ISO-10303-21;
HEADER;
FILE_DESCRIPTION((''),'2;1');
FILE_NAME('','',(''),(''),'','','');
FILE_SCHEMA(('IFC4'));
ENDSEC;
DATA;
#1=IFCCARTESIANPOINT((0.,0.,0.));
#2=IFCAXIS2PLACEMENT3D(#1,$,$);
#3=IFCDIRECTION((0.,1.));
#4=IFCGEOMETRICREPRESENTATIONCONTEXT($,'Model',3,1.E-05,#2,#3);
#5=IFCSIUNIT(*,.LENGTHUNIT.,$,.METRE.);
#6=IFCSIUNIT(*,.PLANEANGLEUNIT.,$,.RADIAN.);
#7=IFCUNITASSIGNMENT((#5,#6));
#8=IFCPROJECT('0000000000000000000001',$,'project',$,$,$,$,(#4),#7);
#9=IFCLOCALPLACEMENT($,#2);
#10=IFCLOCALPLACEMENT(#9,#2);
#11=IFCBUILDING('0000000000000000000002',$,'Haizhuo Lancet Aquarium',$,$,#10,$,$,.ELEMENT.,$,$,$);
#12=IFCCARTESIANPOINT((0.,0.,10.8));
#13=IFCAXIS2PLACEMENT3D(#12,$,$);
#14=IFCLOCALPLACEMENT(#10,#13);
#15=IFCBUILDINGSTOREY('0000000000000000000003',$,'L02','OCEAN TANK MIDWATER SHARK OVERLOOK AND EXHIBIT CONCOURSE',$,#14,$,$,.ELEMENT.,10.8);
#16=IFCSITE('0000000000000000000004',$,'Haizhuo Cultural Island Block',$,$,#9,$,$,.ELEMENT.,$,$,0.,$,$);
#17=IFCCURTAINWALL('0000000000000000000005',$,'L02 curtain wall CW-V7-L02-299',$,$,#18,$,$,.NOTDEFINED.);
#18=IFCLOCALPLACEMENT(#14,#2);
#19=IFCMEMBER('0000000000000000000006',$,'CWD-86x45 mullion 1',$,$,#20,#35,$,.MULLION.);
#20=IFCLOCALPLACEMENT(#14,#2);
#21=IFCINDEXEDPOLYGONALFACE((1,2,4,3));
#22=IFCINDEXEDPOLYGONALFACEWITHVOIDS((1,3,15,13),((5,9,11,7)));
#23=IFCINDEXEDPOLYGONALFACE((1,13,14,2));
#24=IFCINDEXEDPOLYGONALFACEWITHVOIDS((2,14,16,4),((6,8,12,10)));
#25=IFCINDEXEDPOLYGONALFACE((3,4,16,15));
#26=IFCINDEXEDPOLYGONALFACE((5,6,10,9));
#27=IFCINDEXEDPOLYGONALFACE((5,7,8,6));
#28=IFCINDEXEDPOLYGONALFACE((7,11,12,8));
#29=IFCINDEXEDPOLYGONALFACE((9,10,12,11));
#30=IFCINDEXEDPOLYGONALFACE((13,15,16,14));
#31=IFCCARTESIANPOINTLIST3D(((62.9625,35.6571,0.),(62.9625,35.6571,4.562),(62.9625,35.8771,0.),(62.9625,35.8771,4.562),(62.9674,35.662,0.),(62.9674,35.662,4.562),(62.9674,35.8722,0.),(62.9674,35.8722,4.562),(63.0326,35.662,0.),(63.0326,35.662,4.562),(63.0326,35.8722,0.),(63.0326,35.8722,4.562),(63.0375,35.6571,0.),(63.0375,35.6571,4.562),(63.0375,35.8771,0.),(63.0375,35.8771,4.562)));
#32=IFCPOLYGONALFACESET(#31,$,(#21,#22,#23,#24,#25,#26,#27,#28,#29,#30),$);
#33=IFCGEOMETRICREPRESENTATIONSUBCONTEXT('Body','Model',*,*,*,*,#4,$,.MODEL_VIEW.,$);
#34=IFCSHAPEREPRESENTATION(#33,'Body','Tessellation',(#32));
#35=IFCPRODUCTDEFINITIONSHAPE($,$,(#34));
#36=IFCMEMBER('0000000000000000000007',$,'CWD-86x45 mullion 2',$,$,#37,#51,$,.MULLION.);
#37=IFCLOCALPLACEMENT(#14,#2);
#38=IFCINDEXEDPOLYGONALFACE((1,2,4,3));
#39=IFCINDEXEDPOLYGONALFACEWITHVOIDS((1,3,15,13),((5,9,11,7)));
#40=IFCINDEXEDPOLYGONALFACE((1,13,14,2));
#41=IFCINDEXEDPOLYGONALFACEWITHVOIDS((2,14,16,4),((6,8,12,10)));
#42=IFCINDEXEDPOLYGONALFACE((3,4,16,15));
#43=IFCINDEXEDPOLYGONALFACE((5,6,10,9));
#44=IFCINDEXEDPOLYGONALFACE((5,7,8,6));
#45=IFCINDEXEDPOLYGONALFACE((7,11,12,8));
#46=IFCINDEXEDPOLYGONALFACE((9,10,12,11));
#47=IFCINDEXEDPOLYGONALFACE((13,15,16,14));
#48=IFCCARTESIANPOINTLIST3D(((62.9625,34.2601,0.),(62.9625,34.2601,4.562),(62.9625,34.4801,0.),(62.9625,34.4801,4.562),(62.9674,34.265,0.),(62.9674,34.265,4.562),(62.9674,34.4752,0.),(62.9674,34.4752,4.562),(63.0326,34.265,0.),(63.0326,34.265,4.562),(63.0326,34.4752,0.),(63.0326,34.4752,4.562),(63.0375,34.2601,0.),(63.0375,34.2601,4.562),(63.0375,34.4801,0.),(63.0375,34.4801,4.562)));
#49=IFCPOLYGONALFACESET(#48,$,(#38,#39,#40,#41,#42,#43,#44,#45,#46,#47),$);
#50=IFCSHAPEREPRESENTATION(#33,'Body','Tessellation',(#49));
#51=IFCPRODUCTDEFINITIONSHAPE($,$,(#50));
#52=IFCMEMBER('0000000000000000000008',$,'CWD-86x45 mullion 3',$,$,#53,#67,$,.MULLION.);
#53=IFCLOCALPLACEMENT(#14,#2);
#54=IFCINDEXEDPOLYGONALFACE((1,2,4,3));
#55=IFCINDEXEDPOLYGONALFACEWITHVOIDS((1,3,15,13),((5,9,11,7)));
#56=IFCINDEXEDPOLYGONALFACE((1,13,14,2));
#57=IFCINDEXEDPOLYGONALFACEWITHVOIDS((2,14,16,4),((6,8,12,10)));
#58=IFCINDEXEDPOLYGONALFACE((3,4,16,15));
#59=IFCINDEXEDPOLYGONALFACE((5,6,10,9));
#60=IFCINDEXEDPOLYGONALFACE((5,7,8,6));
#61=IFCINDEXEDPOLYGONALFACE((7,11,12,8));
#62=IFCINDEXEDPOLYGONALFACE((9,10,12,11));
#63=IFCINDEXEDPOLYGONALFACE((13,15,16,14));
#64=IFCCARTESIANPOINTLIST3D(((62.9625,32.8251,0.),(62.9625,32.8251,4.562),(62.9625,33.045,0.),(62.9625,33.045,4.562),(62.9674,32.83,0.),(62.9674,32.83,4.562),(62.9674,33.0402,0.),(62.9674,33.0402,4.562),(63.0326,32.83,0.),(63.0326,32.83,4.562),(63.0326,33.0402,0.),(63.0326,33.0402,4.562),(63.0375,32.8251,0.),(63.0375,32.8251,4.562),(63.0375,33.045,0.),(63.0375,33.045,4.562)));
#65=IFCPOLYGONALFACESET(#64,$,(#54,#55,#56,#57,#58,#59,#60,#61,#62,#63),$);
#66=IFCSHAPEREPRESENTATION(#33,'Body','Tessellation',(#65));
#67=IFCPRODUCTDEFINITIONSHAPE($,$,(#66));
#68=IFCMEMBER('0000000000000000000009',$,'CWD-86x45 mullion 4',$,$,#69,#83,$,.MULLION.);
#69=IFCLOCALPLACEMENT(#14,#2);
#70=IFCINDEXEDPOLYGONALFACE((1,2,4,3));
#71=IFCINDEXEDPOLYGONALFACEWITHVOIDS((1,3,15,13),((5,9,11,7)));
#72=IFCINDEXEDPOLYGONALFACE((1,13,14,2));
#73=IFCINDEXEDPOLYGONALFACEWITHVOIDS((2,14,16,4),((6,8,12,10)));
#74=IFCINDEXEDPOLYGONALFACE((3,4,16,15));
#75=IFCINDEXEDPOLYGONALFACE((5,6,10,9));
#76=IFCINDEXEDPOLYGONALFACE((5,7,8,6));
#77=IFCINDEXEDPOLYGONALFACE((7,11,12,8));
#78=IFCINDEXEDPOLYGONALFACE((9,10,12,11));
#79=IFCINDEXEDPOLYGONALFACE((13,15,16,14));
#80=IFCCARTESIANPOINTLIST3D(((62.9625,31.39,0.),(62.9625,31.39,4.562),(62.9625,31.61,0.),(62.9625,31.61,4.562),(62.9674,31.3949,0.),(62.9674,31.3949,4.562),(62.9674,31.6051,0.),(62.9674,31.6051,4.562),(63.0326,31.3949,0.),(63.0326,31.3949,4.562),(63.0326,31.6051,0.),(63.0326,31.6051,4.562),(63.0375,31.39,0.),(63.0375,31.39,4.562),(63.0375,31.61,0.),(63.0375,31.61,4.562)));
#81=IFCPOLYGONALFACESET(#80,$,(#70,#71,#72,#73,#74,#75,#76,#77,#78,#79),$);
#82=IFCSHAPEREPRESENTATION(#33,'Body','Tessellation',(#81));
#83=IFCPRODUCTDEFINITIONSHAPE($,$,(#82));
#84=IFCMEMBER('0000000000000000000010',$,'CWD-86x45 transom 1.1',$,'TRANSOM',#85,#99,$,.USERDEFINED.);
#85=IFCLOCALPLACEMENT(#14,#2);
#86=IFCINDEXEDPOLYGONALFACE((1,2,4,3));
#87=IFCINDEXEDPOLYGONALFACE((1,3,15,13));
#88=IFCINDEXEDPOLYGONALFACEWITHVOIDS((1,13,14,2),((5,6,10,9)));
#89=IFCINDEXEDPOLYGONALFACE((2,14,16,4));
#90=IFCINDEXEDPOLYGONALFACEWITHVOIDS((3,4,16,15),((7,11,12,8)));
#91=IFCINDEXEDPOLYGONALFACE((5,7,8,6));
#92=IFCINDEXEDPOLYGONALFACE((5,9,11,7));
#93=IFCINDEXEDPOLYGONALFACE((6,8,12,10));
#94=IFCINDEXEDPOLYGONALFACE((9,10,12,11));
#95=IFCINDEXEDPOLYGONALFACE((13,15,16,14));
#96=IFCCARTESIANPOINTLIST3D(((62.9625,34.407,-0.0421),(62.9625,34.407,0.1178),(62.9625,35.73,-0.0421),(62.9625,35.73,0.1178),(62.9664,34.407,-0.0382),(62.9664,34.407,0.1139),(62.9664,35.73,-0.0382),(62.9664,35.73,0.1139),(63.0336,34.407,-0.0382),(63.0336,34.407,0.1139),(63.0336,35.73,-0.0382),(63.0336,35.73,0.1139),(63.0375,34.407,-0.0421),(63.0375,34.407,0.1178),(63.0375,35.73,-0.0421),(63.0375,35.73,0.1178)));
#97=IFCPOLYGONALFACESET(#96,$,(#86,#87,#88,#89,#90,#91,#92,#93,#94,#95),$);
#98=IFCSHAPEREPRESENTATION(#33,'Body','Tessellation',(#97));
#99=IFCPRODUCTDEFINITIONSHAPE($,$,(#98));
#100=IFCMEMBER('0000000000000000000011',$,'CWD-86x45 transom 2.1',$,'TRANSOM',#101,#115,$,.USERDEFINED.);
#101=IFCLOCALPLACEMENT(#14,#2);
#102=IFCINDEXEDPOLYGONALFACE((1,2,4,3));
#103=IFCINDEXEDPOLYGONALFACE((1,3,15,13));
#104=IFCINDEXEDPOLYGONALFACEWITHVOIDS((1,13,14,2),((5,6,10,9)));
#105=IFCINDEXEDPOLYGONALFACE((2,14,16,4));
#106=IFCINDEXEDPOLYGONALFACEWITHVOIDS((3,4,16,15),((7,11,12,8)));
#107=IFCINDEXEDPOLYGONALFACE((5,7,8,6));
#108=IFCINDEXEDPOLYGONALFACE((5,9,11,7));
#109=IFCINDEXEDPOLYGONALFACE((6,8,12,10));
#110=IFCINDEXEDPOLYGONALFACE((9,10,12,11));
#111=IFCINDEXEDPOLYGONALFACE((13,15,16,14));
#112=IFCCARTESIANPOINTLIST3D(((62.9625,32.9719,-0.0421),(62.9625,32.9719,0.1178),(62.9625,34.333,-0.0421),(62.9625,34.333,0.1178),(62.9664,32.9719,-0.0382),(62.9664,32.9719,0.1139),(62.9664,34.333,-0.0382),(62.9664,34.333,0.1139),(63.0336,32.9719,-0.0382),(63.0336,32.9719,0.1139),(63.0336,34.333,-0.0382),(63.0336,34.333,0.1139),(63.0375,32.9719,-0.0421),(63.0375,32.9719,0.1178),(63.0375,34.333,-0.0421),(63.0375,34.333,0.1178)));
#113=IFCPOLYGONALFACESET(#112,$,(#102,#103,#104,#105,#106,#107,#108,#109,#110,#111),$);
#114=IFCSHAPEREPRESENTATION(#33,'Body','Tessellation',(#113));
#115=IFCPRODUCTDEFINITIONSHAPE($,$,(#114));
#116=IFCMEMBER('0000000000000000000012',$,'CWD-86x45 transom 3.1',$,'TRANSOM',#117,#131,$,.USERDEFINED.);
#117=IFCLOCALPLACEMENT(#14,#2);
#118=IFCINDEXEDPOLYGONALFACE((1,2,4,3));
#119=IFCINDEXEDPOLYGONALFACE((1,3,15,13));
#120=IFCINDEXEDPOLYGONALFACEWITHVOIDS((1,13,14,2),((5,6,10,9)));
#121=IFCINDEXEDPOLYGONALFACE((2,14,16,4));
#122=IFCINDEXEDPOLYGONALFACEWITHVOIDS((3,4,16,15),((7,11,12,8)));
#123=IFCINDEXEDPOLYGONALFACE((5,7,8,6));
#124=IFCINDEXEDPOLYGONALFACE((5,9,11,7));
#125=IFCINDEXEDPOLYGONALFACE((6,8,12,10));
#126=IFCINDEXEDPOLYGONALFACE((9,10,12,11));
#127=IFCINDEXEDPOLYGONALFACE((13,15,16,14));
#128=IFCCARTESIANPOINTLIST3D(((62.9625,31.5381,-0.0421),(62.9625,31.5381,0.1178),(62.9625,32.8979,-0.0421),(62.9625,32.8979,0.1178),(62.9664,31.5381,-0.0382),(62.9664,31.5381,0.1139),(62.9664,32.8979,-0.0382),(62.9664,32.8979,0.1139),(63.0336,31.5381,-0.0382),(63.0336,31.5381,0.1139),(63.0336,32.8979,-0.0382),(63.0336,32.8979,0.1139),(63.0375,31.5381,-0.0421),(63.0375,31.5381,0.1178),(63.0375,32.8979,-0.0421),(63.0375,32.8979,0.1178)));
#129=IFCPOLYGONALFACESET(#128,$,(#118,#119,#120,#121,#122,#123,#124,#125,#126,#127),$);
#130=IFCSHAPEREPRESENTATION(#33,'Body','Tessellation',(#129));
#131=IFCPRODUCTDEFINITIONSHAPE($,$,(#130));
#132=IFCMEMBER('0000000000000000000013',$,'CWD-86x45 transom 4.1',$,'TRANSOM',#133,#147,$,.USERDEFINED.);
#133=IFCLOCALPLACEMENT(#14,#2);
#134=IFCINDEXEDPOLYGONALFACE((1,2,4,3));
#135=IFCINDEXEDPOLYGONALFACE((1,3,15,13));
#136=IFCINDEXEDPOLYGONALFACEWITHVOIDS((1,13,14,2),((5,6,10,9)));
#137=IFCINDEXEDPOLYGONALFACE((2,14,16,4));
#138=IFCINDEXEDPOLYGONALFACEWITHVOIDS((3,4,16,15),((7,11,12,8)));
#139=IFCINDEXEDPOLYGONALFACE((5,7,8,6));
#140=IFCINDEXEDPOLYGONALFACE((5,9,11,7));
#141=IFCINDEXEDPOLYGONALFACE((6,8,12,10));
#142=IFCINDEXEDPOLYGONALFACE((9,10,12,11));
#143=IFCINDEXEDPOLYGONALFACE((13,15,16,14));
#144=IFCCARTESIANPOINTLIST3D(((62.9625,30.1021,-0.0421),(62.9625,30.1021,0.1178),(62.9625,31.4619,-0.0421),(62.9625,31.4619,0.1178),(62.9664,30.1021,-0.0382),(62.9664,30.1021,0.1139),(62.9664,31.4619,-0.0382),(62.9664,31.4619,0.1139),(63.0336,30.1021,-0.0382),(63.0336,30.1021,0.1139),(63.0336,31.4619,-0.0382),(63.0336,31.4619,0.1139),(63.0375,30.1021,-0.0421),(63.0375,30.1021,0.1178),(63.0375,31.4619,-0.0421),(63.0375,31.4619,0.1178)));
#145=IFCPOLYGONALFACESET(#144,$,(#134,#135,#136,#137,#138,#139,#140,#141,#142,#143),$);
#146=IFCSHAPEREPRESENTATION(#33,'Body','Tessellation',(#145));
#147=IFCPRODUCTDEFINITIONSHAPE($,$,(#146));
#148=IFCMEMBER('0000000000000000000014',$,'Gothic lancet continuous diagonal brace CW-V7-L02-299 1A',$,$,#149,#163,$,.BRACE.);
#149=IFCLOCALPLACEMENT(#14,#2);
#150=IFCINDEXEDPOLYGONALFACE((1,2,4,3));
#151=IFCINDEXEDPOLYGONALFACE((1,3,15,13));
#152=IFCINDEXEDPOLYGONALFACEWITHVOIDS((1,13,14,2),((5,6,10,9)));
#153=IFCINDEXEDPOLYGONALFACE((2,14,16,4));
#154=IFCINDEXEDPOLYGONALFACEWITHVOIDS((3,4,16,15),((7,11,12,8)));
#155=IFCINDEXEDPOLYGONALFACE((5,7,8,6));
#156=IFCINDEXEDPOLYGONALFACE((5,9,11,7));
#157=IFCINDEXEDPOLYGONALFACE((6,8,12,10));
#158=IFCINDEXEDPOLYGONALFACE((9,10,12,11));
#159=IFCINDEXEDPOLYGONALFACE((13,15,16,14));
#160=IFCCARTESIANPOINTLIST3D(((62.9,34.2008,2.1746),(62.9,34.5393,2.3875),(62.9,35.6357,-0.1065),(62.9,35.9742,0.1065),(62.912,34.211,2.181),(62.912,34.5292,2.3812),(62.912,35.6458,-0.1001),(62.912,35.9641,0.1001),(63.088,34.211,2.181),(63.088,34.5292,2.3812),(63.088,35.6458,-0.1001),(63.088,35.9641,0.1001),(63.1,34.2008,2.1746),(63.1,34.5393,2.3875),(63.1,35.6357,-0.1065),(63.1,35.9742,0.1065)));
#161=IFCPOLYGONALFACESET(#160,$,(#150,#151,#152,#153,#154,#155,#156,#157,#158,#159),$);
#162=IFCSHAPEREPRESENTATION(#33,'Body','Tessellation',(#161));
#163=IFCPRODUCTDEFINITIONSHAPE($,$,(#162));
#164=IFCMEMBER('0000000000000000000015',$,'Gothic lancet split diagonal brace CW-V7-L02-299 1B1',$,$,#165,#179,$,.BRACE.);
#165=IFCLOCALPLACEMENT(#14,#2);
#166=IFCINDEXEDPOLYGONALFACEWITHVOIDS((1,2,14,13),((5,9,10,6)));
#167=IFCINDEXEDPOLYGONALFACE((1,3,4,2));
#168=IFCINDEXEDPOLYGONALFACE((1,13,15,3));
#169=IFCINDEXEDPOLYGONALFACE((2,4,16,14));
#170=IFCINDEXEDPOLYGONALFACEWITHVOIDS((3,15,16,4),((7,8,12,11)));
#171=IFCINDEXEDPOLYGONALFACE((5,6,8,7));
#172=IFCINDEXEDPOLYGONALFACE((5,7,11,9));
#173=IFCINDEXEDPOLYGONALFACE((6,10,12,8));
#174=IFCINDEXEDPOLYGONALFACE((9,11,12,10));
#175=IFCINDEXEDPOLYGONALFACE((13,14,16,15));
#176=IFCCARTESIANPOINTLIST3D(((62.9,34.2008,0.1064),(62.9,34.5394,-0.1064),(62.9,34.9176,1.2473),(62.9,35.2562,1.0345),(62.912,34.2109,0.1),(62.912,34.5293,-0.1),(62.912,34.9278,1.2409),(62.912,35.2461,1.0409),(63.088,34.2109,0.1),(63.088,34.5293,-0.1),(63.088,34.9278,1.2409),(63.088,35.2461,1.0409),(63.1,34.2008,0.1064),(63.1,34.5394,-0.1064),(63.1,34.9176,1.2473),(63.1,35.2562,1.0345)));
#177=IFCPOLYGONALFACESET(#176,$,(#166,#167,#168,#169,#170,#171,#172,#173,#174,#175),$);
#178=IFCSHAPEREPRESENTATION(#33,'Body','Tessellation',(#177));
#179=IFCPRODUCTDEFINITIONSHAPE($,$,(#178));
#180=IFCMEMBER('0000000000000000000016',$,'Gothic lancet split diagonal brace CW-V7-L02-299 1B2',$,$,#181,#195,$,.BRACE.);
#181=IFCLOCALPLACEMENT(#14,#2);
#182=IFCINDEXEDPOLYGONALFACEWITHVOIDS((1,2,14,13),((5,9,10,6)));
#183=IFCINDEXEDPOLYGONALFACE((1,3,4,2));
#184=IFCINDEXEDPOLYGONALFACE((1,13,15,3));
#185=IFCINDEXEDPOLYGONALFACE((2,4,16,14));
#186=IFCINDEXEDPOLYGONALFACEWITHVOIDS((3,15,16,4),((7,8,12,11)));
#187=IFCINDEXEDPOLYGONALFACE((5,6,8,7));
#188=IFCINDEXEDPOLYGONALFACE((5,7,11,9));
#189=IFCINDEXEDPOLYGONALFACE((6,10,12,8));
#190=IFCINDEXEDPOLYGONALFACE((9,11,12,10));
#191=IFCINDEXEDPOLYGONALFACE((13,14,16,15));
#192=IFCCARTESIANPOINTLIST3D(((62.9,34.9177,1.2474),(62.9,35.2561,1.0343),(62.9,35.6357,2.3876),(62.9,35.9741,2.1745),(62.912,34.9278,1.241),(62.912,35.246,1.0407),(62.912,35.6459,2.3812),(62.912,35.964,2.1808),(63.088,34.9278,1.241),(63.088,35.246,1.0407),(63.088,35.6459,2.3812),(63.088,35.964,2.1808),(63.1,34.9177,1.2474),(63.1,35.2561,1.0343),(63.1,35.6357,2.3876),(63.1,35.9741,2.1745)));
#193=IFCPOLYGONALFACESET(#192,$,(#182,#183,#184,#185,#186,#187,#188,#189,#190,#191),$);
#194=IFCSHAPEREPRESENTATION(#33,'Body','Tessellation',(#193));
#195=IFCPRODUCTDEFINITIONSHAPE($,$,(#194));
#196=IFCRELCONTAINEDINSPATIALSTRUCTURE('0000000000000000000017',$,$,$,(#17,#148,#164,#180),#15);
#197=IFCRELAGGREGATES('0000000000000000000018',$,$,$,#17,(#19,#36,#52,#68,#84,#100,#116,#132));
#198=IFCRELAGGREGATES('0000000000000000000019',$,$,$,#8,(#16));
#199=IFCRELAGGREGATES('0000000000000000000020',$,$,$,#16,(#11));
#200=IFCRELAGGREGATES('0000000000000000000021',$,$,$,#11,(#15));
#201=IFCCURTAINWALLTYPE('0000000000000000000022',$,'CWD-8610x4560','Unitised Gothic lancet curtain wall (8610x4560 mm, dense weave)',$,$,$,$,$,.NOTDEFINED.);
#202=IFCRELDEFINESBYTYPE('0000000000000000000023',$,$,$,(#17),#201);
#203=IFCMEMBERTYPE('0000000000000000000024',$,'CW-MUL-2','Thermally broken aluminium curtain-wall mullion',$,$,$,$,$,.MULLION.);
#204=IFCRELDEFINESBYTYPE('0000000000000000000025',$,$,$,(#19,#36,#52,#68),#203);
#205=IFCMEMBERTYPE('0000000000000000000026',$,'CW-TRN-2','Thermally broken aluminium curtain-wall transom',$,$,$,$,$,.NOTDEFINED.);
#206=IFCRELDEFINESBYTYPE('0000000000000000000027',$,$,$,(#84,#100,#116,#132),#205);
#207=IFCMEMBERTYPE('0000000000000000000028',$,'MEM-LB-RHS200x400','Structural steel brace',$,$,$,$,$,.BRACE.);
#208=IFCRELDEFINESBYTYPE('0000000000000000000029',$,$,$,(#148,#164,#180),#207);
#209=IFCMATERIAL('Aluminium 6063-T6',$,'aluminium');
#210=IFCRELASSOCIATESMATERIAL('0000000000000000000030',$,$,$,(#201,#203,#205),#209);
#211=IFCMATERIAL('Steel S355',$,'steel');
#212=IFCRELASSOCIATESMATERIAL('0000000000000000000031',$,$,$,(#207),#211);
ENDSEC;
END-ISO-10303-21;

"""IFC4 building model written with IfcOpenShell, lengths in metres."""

from ifc_helpers import new_model, si_unit, direction, frame, origin, origin_2d, place, context, subcontext, project, spatial, hollow_rectangle, extrude, material, material_profile, profile_set, type_object, element, aggregate, save


model = new_model("IFC4")

# Units and contexts
model_context = context("Model", 3, precision=1e-05, world=origin(), true_north=direction((0.0, 1.0)))
body_context = subcontext(model_context, "Body", "Model", "MODEL_VIEW")
ifc_project = project(units=[si_unit("LENGTHUNIT", "METRE"), si_unit("PLANEANGLEUNIT", "RADIAN")], contexts=[model_context])

# Site, building, storey
site_placement = place(None, origin())
site = spatial("IfcSite", under=ifc_project, at=site_placement, Name="Haizhuo Cultural Island Block", CompositionType="ELEMENT", RefElevation=0.0)
building_placement = place(site_placement, origin())
building = spatial("IfcBuilding", under=site, at=building_placement, Name="Haizhuo Lancet Aquarium", CompositionType="ELEMENT")
storey_placement = place(building_placement, frame((0.0, 0.0, 10.8)))
storey = spatial("IfcBuildingStorey", under=building, at=storey_placement, Name="L02", Description="OCEAN TANK MIDWATER SHARK OVERLOOK AND EXHIBIT CONCOURSE", CompositionType="ELEMENT", Elevation=10.8)

# Curtain wall, members
ifc_material_1 = material(Name="Aluminium 6063-T6", Category="aluminium")
curtain_wall_type = type_object("IfcCurtainWallType", Name="CWD-8610x4560", Description="Unitised Gothic lancet curtain wall (8610x4560 mm, dense weave)", PredefinedType="NOTDEFINED", material=ifc_material_1)
curtain_wall_placement = place(storey_placement, origin())
curtain_wall = element("IfcCurtainWall", 1, at=curtain_wall_placement, inside=storey, type_object=curtain_wall_type, Name="L02 curtain wall CW-V7-L02-299", PredefinedType="NOTDEFINED")
ifc_material_profile_1 = material_profile(ifc_material_1, hollow_rectangle(XDim=0.075, YDim=0.22, WallThickness=0.0049, at=origin_2d()), Name="ALU-M 75x220x5")
ifc_profile_set_1 = profile_set([ifc_material_profile_1], Name="Aluminium 6063-T6")
member_type_1 = type_object("IfcMemberType", Name="CW-MUL-2", Description="Thermally broken aluminium curtain-wall mullion", PredefinedType="MULLION", material=ifc_profile_set_1)
member_1_placement = place(storey_placement, frame((63.0, 35.7671, 0.0), z_axis=(0.0, 0.0, 1.0), x_axis=(1.0, 0.0, 0.0)))
member_1 = element("IfcMember", 2, at=member_1_placement, type_object=member_type_1, Name="CWD-86x45 mullion 1", PredefinedType="MULLION", context=body_context, shape_type="SweptSolid", body=[
    extrude(hollow_rectangle(XDim=0.075, YDim=0.22, WallThickness=0.0049, at=origin_2d()), origin(), (0.0, 0.0, 1.0), 4.562),
])
member_2_placement = place(storey_placement, frame((63.0, 34.3701, 0.0), z_axis=(0.0, 0.0, 1.0), x_axis=(1.0, 0.0, 0.0)))
member_2 = element("IfcMember", 3, at=member_2_placement, type_object=member_type_1, Name="CWD-86x45 mullion 2", PredefinedType="MULLION", context=body_context, shape_type="SweptSolid", body=[
    extrude(hollow_rectangle(XDim=0.075, YDim=0.22, WallThickness=0.0049, at=origin_2d()), origin(), (0.0, 0.0, 1.0), 4.562),
])
member_3_placement = place(storey_placement, frame((63.0, 32.9351, 0.0), z_axis=(0.0, 0.0, 1.0), x_axis=(1.0, 0.0, 0.0)))
member_3 = element("IfcMember", 4, at=member_3_placement, type_object=member_type_1, Name="CWD-86x45 mullion 3", PredefinedType="MULLION", context=body_context, shape_type="SweptSolid", body=[
    extrude(hollow_rectangle(XDim=0.075, YDim=0.22, WallThickness=0.0049, at=origin_2d()), origin(), (0.0, 0.0, 1.0), 4.562),
])
member_4_placement = place(storey_placement, frame((63.0, 31.5, 0.0), z_axis=(0.0, 0.0, 1.0), x_axis=(1.0, 0.0, 0.0)))
member_4 = element("IfcMember", 5, at=member_4_placement, type_object=member_type_1, Name="CWD-86x45 mullion 4", PredefinedType="MULLION", context=body_context, shape_type="SweptSolid", body=[
    extrude(hollow_rectangle(XDim=0.075, YDim=0.22, WallThickness=0.0049, at=origin_2d()), origin(), (0.0, 0.0, 1.0), 4.562),
])
ifc_material_profile_2 = material_profile(ifc_material_1, hollow_rectangle(XDim=0.075, YDim=0.1599, WallThickness=0.0039, at=origin_2d()), Name="ALU-T 75x160x4")
ifc_profile_set_2 = profile_set([ifc_material_profile_2], Name="Aluminium 6063-T6")
member_type_2 = type_object("IfcMemberType", Name="CW-TRN-2", Description="Thermally broken aluminium curtain-wall transom", PredefinedType="NOTDEFINED", material=ifc_profile_set_2)
member_5_placement = place(storey_placement, frame((63.0, 35.73, 0.0378), z_axis=(0.0, -1.0, 0.0), x_axis=(1.0, 0.0, 0.0)))
member_5 = element("IfcMember", 6, at=member_5_placement, type_object=member_type_2, Name="CWD-86x45 transom 1.1", ObjectType="TRANSOM", PredefinedType="USERDEFINED", context=body_context, shape_type="SweptSolid", body=[
    extrude(hollow_rectangle(XDim=0.075, YDim=0.1599, WallThickness=0.0039, at=origin_2d()), origin(), (0.0, 0.0, 1.0), 1.323),
])
member_6_placement = place(storey_placement, frame((63.0, 34.333, 0.0378), z_axis=(0.0, -1.0, 0.0), x_axis=(1.0, 0.0, 0.0)))
member_6 = element("IfcMember", 7, at=member_6_placement, type_object=member_type_2, Name="CWD-86x45 transom 2.1", ObjectType="TRANSOM", PredefinedType="USERDEFINED", context=body_context, shape_type="SweptSolid", body=[
    extrude(hollow_rectangle(XDim=0.075, YDim=0.1599, WallThickness=0.0039, at=origin_2d()), origin(), (0.0, 0.0, 1.0), 1.3611),
])
member_7_placement = place(storey_placement, frame((63.0, 32.8979, 0.0378), z_axis=(0.0, -1.0, 0.0), x_axis=(1.0, 0.0, 0.0)))
member_7 = element("IfcMember", 8, at=member_7_placement, type_object=member_type_2, Name="CWD-86x45 transom 3.1", ObjectType="TRANSOM", PredefinedType="USERDEFINED", context=body_context, shape_type="SweptSolid", body=[
    extrude(hollow_rectangle(XDim=0.075, YDim=0.1599, WallThickness=0.0039, at=origin_2d()), origin(), (0.0, 0.0, 1.0), 1.3599),
])
member_8_placement = place(storey_placement, frame((63.0, 31.4619, 0.0378), z_axis=(0.0, -1.0, 0.0), x_axis=(1.0, 0.0, 0.0)))
member_8 = element("IfcMember", 9, at=member_8_placement, type_object=member_type_2, Name="CWD-86x45 transom 4.1", ObjectType="TRANSOM", PredefinedType="USERDEFINED", context=body_context, shape_type="SweptSolid", body=[
    extrude(hollow_rectangle(XDim=0.075, YDim=0.1599, WallThickness=0.0039, at=origin_2d()), origin(), (0.0, 0.0, 1.0), 1.3599),
])

# Members
ifc_material_2 = material(Name="Steel S355", Category="steel")
ifc_material_profile_3 = material_profile(ifc_material_2, hollow_rectangle(XDim=0.2, YDim=0.3999, WallThickness=0.012, at=origin_2d()), Name="RHS 200x400x12")
ifc_profile_set_3 = profile_set([ifc_material_profile_3], Name="Steel S355")
member_type_3 = type_object("IfcMemberType", Name="MEM-LB-RHS200x400", Description="Structural steel brace", PredefinedType="BRACE", material=ifc_profile_set_3)
member_9_placement = place(storey_placement, frame((63.0, 35.8049, 0.0), z_axis=(0.0, -0.532448, 0.846463), x_axis=(1.0, 0.0, 0.0)))
element("IfcMember", 10, at=member_9_placement, inside=storey, type_object=member_type_3, Name="Gothic lancet continuous diagonal brace CW-V7-L02-299 1A", PredefinedType="BRACE", context=body_context, shape_type="SweptSolid", body=[
    extrude(hollow_rectangle(XDim=0.2, YDim=0.3999, WallThickness=0.012, at=origin_2d()), origin(), (0.0, 0.0, 1.0), 2.6948),
])
for number, where, z_axis, x_axis, name in (
    (11, (63.0, 34.3701, 0.0), (0.0, 0.532001, 0.846744), (-1.0, 0.0, 0.0), "Gothic lancet split diagonal brace CW-V7-L02-299 1B1"),
    (12, (63.0, 35.0869, 1.1409), (0.0, 0.532895, 0.846181), (-1.0, 0.0, 0.0), "Gothic lancet split diagonal brace CW-V7-L02-299 1B2"),
):
    element("IfcMember", number, at=place(storey_placement, frame(where, z_axis=z_axis, x_axis=x_axis)), inside=storey, type_object=member_type_3, Name=name, PredefinedType="BRACE", context=body_context, shape_type="SweptSolid", body=[
        extrude(hollow_rectangle(XDim=0.2, YDim=0.3999, WallThickness=0.012, at=origin_2d()), origin(), (0.0, 0.0, 1.0), 1.3474),
    ])

aggregate(curtain_wall, [member_1, member_2, member_3, member_4, member_5, member_6, member_7, member_8])

save(model, "model.ifc")
